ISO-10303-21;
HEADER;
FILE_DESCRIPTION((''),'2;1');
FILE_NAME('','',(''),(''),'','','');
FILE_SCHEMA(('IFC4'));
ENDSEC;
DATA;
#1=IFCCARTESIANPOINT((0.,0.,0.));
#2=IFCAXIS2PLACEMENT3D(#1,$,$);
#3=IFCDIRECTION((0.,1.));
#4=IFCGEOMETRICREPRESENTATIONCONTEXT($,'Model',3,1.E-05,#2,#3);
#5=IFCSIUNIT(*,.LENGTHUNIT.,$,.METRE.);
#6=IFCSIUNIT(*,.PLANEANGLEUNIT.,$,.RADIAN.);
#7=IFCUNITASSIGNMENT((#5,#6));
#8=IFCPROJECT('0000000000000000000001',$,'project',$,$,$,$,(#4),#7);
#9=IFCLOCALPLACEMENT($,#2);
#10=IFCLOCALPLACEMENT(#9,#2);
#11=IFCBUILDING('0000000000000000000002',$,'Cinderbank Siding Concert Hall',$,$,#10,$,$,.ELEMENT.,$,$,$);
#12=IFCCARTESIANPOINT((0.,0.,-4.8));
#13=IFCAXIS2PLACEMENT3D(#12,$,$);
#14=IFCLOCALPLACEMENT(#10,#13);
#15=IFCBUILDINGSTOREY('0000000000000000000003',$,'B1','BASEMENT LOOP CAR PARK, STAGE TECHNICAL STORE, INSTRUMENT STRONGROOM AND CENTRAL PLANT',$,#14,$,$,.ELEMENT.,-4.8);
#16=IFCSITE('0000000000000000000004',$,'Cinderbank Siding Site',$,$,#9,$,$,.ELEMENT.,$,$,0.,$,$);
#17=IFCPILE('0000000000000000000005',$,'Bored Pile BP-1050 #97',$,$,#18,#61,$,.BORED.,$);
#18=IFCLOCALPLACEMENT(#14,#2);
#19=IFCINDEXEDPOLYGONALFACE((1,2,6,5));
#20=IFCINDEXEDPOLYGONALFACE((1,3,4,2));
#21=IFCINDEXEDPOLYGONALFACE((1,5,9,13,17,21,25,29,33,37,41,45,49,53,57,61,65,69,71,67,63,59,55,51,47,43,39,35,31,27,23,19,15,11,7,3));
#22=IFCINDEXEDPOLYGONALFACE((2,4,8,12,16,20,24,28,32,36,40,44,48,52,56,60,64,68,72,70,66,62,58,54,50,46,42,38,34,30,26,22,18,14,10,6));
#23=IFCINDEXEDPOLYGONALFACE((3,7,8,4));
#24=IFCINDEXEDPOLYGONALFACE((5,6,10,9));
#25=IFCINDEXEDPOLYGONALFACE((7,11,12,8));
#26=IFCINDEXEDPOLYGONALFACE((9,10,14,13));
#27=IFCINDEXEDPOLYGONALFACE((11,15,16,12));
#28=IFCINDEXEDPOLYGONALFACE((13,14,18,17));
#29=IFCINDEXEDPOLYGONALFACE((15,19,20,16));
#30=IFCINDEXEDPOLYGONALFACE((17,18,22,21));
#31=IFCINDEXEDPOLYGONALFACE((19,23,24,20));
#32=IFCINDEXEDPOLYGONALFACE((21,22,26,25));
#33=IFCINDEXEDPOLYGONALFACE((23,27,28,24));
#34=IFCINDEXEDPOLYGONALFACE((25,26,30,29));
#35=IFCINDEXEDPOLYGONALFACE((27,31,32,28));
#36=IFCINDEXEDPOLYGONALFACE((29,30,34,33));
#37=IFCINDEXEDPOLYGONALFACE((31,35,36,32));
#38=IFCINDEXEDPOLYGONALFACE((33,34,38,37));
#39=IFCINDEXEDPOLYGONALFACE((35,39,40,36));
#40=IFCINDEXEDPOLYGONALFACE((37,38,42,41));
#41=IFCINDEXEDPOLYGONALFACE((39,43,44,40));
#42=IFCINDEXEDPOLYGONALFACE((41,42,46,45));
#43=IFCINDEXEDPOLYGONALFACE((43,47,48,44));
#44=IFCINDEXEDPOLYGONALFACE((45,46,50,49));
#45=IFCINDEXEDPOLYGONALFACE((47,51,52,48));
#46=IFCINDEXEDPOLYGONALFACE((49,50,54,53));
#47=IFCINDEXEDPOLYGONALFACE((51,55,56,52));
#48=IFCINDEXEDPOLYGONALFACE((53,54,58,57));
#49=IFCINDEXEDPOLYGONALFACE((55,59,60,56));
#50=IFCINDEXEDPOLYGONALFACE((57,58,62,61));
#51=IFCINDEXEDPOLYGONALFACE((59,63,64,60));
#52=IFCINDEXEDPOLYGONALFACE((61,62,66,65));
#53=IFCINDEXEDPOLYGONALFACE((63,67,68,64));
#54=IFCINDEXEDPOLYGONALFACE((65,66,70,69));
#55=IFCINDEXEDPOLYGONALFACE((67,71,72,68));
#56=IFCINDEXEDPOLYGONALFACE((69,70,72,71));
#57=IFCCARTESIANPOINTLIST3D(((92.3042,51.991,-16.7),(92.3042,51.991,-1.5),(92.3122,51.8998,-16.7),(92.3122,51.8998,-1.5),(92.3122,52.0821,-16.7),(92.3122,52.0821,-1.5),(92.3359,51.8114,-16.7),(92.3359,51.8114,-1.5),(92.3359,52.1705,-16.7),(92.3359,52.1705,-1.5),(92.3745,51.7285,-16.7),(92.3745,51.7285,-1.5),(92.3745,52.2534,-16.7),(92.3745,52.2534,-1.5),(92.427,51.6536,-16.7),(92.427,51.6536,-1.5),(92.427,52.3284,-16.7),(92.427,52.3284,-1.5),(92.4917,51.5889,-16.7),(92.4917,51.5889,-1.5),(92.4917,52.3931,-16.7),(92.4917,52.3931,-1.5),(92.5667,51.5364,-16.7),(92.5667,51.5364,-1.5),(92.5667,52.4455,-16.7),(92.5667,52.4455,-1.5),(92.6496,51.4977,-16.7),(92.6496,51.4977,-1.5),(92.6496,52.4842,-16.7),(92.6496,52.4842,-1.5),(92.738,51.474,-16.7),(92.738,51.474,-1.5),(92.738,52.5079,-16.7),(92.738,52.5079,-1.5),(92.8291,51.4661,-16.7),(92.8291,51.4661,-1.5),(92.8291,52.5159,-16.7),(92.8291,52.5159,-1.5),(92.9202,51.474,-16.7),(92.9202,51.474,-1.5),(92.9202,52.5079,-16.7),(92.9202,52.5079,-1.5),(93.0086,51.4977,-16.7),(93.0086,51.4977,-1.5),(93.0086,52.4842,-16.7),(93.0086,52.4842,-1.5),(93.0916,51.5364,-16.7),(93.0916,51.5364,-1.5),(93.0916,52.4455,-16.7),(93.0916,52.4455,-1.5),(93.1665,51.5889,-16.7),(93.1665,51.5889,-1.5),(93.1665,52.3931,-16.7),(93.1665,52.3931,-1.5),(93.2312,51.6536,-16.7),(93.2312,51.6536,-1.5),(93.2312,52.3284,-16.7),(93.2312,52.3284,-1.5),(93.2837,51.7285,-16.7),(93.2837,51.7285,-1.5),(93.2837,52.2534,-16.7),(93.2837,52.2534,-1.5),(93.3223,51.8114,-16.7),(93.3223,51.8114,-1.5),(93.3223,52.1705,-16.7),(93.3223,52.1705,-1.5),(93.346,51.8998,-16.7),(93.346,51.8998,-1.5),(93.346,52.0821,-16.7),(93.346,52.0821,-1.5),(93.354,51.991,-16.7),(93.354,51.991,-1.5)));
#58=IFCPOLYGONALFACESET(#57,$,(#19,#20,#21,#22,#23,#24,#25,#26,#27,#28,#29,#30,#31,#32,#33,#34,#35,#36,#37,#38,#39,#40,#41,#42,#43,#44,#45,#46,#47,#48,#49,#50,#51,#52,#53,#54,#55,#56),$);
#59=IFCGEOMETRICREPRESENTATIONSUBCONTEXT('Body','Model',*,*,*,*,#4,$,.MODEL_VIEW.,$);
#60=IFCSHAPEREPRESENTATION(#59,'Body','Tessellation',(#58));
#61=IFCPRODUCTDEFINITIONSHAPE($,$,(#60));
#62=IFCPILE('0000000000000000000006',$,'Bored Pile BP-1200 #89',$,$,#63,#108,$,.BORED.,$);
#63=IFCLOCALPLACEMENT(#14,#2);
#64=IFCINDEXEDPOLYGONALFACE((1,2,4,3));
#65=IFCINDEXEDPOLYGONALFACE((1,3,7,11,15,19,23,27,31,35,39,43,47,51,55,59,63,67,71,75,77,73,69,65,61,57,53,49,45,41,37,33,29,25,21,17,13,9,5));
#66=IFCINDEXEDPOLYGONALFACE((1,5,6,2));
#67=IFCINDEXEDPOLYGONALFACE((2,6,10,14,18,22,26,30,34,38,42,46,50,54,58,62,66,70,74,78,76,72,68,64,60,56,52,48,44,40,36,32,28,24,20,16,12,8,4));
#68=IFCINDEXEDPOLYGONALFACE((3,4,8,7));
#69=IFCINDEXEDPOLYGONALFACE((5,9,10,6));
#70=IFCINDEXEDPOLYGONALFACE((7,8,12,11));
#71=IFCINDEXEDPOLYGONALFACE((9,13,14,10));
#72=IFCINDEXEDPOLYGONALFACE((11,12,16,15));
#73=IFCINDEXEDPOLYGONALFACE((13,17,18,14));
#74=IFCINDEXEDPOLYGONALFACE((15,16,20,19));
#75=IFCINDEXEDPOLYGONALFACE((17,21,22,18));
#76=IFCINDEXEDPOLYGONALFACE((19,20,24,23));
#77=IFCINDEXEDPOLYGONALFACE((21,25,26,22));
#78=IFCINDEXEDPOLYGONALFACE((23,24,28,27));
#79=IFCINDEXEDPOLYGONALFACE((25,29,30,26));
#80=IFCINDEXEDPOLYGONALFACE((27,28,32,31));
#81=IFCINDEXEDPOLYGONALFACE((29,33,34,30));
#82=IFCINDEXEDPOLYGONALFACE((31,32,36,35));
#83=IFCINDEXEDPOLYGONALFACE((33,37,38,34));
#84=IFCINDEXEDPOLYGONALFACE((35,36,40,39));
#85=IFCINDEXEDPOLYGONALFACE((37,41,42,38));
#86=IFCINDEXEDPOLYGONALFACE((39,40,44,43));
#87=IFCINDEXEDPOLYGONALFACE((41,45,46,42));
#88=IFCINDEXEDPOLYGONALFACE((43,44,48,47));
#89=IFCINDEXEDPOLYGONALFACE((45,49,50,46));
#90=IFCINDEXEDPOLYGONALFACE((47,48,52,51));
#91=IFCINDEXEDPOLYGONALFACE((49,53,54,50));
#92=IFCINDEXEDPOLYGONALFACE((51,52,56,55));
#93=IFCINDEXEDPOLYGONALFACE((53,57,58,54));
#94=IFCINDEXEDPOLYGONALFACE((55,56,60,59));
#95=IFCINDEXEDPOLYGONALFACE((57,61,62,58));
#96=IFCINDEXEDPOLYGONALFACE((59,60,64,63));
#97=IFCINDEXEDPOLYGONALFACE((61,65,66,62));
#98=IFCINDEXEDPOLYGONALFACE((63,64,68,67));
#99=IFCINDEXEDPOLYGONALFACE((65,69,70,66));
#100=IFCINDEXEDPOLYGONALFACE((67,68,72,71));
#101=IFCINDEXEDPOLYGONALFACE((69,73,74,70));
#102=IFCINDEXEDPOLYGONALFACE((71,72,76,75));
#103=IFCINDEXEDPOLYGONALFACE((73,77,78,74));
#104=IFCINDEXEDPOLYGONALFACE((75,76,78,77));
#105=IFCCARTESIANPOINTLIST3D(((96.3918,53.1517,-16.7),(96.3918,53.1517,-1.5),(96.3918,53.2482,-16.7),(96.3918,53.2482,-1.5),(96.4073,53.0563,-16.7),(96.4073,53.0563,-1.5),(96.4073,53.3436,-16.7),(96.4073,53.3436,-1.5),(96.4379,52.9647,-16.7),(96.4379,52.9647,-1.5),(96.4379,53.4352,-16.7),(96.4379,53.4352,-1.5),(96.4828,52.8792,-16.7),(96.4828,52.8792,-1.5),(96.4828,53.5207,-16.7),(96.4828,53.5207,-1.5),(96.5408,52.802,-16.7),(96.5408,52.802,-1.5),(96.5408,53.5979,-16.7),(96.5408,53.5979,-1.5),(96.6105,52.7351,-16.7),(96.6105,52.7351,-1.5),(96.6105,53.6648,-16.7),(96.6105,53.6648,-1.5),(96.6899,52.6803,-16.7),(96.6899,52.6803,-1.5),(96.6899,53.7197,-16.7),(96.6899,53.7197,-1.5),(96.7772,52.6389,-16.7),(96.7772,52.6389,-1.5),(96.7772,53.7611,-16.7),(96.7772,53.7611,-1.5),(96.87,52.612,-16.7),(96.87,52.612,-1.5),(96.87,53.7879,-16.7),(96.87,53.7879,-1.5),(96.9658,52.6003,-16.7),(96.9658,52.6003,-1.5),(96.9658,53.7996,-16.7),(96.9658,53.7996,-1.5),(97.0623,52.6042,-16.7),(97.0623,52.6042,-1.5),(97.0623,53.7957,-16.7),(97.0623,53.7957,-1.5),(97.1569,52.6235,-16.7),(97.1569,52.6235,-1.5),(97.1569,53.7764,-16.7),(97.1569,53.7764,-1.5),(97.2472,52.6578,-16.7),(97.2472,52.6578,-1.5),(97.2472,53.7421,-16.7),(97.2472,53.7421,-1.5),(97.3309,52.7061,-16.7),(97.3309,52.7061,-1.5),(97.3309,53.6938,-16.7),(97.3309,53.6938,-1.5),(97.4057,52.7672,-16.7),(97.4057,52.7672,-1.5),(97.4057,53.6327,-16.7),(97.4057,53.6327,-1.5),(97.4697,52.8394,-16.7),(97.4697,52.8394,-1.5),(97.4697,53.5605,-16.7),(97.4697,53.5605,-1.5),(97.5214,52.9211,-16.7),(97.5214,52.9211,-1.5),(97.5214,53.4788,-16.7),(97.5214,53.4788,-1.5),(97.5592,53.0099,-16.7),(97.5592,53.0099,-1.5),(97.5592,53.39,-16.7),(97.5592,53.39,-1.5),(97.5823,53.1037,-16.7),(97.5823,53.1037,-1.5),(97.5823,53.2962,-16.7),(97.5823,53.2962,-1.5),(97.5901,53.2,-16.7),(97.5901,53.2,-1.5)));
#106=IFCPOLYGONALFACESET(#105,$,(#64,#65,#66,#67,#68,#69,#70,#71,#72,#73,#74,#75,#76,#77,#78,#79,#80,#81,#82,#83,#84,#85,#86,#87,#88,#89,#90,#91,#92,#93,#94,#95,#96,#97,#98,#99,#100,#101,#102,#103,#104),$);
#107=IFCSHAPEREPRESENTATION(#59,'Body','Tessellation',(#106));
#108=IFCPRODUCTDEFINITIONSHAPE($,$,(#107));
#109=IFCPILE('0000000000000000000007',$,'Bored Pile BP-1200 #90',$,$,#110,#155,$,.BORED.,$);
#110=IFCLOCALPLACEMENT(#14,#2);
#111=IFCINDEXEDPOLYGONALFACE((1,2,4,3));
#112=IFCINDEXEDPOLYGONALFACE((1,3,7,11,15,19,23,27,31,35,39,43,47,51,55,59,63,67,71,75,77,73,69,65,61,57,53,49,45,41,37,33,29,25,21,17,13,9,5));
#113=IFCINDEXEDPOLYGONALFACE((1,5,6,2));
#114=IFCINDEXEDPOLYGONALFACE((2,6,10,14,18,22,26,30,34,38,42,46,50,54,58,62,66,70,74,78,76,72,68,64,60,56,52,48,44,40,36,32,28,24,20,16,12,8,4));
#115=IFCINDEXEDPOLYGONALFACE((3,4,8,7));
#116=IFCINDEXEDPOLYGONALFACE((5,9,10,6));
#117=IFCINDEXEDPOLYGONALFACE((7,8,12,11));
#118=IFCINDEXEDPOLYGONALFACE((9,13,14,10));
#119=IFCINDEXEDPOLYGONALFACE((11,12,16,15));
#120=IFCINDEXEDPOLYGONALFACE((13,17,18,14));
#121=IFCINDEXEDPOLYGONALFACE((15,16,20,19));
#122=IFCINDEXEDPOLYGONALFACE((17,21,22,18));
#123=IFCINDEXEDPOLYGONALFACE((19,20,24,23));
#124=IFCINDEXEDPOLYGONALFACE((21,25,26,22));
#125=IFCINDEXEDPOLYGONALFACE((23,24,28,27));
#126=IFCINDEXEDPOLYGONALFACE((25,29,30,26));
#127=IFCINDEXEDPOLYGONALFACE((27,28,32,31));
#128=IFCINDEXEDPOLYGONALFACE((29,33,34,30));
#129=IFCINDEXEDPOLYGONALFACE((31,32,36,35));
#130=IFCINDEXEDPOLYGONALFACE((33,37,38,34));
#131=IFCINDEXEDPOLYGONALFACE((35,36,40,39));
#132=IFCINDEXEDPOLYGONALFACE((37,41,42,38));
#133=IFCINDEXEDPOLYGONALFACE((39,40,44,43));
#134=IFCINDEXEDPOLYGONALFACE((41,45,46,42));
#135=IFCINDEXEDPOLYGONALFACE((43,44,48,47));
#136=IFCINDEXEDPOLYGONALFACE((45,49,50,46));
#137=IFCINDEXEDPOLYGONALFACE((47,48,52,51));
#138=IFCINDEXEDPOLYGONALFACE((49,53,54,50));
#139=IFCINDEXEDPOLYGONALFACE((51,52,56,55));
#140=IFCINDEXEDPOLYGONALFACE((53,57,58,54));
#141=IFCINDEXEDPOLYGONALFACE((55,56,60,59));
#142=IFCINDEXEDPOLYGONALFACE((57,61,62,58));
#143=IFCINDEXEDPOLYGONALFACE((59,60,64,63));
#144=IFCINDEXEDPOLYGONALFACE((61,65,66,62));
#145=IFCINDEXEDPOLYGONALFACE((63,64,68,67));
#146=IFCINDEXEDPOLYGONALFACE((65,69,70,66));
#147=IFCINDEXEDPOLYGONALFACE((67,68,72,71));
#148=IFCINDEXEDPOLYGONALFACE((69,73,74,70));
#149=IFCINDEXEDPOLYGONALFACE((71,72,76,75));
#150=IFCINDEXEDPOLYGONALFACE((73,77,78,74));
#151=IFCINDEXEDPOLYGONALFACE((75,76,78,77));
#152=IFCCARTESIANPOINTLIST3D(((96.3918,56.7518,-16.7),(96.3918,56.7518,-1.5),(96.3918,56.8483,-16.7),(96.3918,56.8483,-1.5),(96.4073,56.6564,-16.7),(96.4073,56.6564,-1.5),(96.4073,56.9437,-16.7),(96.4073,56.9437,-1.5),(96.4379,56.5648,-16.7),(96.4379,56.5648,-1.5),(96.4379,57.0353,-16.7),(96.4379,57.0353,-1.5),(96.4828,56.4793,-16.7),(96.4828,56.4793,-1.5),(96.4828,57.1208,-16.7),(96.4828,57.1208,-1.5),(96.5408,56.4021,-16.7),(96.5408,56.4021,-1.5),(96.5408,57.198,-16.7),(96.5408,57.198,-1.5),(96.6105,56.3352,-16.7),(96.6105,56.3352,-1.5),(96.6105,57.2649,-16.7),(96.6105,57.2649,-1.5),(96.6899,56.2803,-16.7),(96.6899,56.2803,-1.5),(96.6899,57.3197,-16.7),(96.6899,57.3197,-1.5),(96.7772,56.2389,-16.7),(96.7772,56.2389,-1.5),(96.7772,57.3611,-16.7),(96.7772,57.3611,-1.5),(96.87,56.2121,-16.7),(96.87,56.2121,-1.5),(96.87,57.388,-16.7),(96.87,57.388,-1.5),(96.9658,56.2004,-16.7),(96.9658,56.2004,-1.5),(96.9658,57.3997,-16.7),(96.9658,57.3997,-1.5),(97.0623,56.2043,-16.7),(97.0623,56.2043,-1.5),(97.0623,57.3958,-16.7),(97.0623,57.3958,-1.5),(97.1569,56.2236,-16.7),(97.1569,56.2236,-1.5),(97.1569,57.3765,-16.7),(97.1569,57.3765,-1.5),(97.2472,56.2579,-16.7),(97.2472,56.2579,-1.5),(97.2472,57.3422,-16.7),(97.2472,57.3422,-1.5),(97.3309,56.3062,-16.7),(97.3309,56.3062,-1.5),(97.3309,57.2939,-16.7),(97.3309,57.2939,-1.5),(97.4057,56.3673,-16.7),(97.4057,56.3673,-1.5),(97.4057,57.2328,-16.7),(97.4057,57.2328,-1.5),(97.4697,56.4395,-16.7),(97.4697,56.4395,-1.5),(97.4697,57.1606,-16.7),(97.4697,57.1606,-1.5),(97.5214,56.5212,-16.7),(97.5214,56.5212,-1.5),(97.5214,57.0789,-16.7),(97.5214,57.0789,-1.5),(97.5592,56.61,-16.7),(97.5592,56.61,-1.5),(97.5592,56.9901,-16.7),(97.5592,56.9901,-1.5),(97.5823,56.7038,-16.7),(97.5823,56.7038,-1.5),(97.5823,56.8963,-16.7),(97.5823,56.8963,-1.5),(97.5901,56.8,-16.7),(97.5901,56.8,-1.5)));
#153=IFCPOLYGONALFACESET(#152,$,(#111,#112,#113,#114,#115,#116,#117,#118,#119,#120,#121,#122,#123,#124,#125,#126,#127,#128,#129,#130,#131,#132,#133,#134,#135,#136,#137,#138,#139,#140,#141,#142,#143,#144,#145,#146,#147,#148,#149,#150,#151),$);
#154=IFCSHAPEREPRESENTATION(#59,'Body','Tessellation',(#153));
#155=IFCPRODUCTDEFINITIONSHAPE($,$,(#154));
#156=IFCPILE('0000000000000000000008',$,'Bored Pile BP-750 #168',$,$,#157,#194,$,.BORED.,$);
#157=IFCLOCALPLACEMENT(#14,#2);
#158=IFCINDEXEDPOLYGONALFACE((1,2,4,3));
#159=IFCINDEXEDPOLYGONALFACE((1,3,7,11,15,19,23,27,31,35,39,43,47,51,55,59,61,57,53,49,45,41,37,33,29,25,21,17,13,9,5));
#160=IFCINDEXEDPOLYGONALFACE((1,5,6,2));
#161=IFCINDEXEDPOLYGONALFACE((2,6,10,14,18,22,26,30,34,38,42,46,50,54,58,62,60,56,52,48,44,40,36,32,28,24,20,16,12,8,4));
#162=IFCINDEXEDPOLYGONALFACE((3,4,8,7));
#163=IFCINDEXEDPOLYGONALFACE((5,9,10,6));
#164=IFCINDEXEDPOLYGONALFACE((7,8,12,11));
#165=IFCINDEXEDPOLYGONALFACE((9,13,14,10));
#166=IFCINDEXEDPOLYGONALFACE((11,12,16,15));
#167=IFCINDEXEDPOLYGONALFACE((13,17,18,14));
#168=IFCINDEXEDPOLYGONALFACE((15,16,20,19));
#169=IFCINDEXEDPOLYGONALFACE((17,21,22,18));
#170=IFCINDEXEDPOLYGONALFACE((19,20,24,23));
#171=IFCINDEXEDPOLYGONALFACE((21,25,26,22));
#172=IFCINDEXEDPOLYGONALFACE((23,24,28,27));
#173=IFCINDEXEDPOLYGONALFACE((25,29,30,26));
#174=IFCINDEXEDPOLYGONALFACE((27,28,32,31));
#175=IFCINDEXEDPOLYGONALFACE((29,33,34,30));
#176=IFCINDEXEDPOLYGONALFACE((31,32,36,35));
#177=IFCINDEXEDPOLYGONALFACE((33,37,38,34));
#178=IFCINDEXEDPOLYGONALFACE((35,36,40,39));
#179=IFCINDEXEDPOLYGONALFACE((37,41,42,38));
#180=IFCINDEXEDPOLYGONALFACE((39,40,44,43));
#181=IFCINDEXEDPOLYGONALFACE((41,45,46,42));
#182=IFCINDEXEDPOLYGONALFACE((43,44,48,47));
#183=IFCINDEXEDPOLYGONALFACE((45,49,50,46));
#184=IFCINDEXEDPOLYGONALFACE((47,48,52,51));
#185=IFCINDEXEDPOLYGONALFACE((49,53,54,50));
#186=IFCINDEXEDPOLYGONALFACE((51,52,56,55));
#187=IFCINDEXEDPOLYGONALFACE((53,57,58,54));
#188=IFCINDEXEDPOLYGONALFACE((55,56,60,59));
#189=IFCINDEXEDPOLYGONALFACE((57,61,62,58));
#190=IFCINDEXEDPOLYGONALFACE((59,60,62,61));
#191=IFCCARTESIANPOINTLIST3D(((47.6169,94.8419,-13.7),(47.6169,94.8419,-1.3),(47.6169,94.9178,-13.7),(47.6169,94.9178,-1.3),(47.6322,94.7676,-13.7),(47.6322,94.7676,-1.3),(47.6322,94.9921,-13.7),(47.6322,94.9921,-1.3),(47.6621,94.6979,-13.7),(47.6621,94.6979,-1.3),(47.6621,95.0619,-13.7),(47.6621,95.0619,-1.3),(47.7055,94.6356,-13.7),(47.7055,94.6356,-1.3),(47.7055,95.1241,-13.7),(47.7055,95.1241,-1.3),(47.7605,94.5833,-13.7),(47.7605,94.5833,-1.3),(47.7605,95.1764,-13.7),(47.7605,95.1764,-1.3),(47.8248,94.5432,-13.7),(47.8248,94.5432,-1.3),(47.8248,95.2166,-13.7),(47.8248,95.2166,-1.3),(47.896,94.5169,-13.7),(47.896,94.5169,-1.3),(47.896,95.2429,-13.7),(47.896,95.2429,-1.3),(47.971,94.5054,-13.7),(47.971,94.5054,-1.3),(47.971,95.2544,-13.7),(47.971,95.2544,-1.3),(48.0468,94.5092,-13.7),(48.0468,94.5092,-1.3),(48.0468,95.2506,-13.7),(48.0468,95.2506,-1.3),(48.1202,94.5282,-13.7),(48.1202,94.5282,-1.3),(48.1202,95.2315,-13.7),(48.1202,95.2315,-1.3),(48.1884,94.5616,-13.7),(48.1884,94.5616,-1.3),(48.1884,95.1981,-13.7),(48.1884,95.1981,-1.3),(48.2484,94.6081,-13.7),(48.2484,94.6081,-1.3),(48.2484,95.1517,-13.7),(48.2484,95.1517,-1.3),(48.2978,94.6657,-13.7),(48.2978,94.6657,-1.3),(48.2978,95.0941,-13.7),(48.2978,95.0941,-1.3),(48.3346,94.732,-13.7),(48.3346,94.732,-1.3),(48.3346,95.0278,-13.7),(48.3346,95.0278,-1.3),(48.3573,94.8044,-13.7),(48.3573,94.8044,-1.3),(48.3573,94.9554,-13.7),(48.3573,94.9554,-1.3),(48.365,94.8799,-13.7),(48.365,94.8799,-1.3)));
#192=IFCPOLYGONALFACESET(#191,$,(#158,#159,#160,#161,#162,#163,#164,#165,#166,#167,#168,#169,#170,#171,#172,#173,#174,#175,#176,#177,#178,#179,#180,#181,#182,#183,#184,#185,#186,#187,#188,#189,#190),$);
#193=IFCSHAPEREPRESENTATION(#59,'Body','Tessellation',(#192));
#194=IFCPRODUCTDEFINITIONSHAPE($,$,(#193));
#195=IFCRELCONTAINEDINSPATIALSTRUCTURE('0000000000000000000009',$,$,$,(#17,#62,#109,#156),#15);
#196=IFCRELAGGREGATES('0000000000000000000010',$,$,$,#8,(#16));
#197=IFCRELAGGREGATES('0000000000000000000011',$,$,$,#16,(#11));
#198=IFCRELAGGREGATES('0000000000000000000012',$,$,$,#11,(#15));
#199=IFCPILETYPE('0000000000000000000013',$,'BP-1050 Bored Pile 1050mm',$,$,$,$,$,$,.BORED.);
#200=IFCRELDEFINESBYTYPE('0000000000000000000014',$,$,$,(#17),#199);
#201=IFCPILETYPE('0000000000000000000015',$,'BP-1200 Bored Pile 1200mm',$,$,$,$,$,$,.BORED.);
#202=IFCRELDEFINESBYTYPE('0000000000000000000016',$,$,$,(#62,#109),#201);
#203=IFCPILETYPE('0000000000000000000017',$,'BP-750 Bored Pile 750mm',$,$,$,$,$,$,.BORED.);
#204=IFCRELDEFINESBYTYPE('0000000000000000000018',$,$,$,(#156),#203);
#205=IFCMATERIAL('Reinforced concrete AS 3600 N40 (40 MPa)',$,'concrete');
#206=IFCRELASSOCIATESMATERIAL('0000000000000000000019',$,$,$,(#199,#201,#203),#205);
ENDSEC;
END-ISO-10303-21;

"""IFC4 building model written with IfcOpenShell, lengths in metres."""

from ifc_helpers import new_model, si_unit, direction, frame, origin, origin_2d, place, context, subcontext, project, spatial, circle, extrude, material, material_profile, profile_set, type_object, element, save


model = new_model("IFC4")

# Units and contexts
model_context = context("Model", 3, precision=1e-05, world=origin(), true_north=direction((0.0, 1.0)))
body_context = subcontext(model_context, "Body", "Model", "MODEL_VIEW")
ifc_project = project(units=[si_unit("LENGTHUNIT", "METRE"), si_unit("PLANEANGLEUNIT", "RADIAN")], contexts=[model_context])

# Site, building, storey
site_placement = place(None, origin())
site = spatial("IfcSite", under=ifc_project, at=site_placement, Name="Cinderbank Siding Site", CompositionType="ELEMENT", RefElevation=0.0)
building_placement = place(site_placement, origin())
building = spatial("IfcBuilding", under=site, at=building_placement, Name="Cinderbank Siding Concert Hall", CompositionType="ELEMENT")
storey_placement = place(building_placement, frame((0.0, 0.0, -4.8)))
storey = spatial("IfcBuildingStorey", under=building, at=storey_placement, Name="B1", Description="BASEMENT LOOP CAR PARK, STAGE TECHNICAL STORE, INSTRUMENT STRONGROOM AND CENTRAL PLANT", CompositionType="ELEMENT", Elevation=-4.8)

# Piles
ifc_material_1 = material(Name="Reinforced concrete AS 3600 N40 (40 MPa)", Category="concrete")
ifc_material_profile_1 = material_profile(ifc_material_1, circle(Radius=0.5249, at=origin_2d()), Name="PILE-1050DIA", Category="LoadBearing")
ifc_profile_set_1 = profile_set([ifc_material_profile_1], Name="Reinforced concrete AS 3600 N40 (40 MPa)")
pile_type_1 = type_object("IfcPileType", Name="BP-1050 Bored Pile 1050mm", PredefinedType="BORED", material=ifc_profile_set_1)
pile_1_placement = place(storey_placement, frame((92.8291, 51.991, -1.5), z_axis=(0.0, 0.0, -1.0), x_axis=(1.0, 0.0, 0.0)))
element("IfcPile", 1, at=pile_1_placement, inside=storey, type_object=pile_type_1, Name="Bored Pile BP-1050 #97", PredefinedType="BORED", context=body_context, shape_type="SweptSolid", body=[
    extrude(circle(Radius=0.5249, at=origin_2d()), origin(), (0.0, 0.0, 1.0), 15.2),
])
ifc_material_profile_2 = material_profile(ifc_material_1, circle(Radius=0.6001, at=origin_2d()), Name="PILE-1200DIA", Category="LoadBearing")
ifc_profile_set_2 = profile_set([ifc_material_profile_2], Name="Reinforced concrete AS 3600 N40 (40 MPa)")
pile_type_2 = type_object("IfcPileType", Name="BP-1200 Bored Pile 1200mm", PredefinedType="BORED", material=ifc_profile_set_2)
for number, where, z_axis, x_axis, name in (
    (2, (96.99, 53.2, -1.5), (0.0, 0.0, -1.0), (1.0, 0.0, 0.0), "Bored Pile BP-1200 #89"),
    (3, (96.99, 56.8, -1.5), (0.0, 0.0, -1.0), (1.0, 0.0, 0.0), "Bored Pile BP-1200 #90"),
):
    element("IfcPile", number, at=place(storey_placement, frame(where, z_axis=z_axis, x_axis=x_axis)), inside=storey, type_object=pile_type_2, Name=name, PredefinedType="BORED", context=body_context, shape_type="SweptSolid", body=[
        extrude(circle(Radius=0.6001, at=origin_2d()), origin(), (0.0, 0.0, 1.0), 15.2),
    ])
ifc_material_profile_3 = material_profile(ifc_material_1, circle(Radius=0.375, at=origin_2d()), Name="PILE-750DIA", Category="LoadBearing")
ifc_profile_set_3 = profile_set([ifc_material_profile_3], Name="Reinforced concrete AS 3600 N40 (40 MPa)")
pile_type_3 = type_object("IfcPileType", Name="BP-750 Bored Pile 750mm", PredefinedType="BORED", material=ifc_profile_set_3)
pile_2_placement = place(storey_placement, frame((47.99, 94.8799, -1.3), z_axis=(0.0, 0.0, -1.0), x_axis=(1.0, 0.0, 0.0)))
element("IfcPile", 4, at=pile_2_placement, inside=storey, type_object=pile_type_3, Name="Bored Pile BP-750 #168", PredefinedType="BORED", context=body_context, shape_type="SweptSolid", body=[
    extrude(circle(Radius=0.375, at=origin_2d()), origin(), (0.0, 0.0, 1.0), 12.3999),
])

save(model, "model.ifc")
